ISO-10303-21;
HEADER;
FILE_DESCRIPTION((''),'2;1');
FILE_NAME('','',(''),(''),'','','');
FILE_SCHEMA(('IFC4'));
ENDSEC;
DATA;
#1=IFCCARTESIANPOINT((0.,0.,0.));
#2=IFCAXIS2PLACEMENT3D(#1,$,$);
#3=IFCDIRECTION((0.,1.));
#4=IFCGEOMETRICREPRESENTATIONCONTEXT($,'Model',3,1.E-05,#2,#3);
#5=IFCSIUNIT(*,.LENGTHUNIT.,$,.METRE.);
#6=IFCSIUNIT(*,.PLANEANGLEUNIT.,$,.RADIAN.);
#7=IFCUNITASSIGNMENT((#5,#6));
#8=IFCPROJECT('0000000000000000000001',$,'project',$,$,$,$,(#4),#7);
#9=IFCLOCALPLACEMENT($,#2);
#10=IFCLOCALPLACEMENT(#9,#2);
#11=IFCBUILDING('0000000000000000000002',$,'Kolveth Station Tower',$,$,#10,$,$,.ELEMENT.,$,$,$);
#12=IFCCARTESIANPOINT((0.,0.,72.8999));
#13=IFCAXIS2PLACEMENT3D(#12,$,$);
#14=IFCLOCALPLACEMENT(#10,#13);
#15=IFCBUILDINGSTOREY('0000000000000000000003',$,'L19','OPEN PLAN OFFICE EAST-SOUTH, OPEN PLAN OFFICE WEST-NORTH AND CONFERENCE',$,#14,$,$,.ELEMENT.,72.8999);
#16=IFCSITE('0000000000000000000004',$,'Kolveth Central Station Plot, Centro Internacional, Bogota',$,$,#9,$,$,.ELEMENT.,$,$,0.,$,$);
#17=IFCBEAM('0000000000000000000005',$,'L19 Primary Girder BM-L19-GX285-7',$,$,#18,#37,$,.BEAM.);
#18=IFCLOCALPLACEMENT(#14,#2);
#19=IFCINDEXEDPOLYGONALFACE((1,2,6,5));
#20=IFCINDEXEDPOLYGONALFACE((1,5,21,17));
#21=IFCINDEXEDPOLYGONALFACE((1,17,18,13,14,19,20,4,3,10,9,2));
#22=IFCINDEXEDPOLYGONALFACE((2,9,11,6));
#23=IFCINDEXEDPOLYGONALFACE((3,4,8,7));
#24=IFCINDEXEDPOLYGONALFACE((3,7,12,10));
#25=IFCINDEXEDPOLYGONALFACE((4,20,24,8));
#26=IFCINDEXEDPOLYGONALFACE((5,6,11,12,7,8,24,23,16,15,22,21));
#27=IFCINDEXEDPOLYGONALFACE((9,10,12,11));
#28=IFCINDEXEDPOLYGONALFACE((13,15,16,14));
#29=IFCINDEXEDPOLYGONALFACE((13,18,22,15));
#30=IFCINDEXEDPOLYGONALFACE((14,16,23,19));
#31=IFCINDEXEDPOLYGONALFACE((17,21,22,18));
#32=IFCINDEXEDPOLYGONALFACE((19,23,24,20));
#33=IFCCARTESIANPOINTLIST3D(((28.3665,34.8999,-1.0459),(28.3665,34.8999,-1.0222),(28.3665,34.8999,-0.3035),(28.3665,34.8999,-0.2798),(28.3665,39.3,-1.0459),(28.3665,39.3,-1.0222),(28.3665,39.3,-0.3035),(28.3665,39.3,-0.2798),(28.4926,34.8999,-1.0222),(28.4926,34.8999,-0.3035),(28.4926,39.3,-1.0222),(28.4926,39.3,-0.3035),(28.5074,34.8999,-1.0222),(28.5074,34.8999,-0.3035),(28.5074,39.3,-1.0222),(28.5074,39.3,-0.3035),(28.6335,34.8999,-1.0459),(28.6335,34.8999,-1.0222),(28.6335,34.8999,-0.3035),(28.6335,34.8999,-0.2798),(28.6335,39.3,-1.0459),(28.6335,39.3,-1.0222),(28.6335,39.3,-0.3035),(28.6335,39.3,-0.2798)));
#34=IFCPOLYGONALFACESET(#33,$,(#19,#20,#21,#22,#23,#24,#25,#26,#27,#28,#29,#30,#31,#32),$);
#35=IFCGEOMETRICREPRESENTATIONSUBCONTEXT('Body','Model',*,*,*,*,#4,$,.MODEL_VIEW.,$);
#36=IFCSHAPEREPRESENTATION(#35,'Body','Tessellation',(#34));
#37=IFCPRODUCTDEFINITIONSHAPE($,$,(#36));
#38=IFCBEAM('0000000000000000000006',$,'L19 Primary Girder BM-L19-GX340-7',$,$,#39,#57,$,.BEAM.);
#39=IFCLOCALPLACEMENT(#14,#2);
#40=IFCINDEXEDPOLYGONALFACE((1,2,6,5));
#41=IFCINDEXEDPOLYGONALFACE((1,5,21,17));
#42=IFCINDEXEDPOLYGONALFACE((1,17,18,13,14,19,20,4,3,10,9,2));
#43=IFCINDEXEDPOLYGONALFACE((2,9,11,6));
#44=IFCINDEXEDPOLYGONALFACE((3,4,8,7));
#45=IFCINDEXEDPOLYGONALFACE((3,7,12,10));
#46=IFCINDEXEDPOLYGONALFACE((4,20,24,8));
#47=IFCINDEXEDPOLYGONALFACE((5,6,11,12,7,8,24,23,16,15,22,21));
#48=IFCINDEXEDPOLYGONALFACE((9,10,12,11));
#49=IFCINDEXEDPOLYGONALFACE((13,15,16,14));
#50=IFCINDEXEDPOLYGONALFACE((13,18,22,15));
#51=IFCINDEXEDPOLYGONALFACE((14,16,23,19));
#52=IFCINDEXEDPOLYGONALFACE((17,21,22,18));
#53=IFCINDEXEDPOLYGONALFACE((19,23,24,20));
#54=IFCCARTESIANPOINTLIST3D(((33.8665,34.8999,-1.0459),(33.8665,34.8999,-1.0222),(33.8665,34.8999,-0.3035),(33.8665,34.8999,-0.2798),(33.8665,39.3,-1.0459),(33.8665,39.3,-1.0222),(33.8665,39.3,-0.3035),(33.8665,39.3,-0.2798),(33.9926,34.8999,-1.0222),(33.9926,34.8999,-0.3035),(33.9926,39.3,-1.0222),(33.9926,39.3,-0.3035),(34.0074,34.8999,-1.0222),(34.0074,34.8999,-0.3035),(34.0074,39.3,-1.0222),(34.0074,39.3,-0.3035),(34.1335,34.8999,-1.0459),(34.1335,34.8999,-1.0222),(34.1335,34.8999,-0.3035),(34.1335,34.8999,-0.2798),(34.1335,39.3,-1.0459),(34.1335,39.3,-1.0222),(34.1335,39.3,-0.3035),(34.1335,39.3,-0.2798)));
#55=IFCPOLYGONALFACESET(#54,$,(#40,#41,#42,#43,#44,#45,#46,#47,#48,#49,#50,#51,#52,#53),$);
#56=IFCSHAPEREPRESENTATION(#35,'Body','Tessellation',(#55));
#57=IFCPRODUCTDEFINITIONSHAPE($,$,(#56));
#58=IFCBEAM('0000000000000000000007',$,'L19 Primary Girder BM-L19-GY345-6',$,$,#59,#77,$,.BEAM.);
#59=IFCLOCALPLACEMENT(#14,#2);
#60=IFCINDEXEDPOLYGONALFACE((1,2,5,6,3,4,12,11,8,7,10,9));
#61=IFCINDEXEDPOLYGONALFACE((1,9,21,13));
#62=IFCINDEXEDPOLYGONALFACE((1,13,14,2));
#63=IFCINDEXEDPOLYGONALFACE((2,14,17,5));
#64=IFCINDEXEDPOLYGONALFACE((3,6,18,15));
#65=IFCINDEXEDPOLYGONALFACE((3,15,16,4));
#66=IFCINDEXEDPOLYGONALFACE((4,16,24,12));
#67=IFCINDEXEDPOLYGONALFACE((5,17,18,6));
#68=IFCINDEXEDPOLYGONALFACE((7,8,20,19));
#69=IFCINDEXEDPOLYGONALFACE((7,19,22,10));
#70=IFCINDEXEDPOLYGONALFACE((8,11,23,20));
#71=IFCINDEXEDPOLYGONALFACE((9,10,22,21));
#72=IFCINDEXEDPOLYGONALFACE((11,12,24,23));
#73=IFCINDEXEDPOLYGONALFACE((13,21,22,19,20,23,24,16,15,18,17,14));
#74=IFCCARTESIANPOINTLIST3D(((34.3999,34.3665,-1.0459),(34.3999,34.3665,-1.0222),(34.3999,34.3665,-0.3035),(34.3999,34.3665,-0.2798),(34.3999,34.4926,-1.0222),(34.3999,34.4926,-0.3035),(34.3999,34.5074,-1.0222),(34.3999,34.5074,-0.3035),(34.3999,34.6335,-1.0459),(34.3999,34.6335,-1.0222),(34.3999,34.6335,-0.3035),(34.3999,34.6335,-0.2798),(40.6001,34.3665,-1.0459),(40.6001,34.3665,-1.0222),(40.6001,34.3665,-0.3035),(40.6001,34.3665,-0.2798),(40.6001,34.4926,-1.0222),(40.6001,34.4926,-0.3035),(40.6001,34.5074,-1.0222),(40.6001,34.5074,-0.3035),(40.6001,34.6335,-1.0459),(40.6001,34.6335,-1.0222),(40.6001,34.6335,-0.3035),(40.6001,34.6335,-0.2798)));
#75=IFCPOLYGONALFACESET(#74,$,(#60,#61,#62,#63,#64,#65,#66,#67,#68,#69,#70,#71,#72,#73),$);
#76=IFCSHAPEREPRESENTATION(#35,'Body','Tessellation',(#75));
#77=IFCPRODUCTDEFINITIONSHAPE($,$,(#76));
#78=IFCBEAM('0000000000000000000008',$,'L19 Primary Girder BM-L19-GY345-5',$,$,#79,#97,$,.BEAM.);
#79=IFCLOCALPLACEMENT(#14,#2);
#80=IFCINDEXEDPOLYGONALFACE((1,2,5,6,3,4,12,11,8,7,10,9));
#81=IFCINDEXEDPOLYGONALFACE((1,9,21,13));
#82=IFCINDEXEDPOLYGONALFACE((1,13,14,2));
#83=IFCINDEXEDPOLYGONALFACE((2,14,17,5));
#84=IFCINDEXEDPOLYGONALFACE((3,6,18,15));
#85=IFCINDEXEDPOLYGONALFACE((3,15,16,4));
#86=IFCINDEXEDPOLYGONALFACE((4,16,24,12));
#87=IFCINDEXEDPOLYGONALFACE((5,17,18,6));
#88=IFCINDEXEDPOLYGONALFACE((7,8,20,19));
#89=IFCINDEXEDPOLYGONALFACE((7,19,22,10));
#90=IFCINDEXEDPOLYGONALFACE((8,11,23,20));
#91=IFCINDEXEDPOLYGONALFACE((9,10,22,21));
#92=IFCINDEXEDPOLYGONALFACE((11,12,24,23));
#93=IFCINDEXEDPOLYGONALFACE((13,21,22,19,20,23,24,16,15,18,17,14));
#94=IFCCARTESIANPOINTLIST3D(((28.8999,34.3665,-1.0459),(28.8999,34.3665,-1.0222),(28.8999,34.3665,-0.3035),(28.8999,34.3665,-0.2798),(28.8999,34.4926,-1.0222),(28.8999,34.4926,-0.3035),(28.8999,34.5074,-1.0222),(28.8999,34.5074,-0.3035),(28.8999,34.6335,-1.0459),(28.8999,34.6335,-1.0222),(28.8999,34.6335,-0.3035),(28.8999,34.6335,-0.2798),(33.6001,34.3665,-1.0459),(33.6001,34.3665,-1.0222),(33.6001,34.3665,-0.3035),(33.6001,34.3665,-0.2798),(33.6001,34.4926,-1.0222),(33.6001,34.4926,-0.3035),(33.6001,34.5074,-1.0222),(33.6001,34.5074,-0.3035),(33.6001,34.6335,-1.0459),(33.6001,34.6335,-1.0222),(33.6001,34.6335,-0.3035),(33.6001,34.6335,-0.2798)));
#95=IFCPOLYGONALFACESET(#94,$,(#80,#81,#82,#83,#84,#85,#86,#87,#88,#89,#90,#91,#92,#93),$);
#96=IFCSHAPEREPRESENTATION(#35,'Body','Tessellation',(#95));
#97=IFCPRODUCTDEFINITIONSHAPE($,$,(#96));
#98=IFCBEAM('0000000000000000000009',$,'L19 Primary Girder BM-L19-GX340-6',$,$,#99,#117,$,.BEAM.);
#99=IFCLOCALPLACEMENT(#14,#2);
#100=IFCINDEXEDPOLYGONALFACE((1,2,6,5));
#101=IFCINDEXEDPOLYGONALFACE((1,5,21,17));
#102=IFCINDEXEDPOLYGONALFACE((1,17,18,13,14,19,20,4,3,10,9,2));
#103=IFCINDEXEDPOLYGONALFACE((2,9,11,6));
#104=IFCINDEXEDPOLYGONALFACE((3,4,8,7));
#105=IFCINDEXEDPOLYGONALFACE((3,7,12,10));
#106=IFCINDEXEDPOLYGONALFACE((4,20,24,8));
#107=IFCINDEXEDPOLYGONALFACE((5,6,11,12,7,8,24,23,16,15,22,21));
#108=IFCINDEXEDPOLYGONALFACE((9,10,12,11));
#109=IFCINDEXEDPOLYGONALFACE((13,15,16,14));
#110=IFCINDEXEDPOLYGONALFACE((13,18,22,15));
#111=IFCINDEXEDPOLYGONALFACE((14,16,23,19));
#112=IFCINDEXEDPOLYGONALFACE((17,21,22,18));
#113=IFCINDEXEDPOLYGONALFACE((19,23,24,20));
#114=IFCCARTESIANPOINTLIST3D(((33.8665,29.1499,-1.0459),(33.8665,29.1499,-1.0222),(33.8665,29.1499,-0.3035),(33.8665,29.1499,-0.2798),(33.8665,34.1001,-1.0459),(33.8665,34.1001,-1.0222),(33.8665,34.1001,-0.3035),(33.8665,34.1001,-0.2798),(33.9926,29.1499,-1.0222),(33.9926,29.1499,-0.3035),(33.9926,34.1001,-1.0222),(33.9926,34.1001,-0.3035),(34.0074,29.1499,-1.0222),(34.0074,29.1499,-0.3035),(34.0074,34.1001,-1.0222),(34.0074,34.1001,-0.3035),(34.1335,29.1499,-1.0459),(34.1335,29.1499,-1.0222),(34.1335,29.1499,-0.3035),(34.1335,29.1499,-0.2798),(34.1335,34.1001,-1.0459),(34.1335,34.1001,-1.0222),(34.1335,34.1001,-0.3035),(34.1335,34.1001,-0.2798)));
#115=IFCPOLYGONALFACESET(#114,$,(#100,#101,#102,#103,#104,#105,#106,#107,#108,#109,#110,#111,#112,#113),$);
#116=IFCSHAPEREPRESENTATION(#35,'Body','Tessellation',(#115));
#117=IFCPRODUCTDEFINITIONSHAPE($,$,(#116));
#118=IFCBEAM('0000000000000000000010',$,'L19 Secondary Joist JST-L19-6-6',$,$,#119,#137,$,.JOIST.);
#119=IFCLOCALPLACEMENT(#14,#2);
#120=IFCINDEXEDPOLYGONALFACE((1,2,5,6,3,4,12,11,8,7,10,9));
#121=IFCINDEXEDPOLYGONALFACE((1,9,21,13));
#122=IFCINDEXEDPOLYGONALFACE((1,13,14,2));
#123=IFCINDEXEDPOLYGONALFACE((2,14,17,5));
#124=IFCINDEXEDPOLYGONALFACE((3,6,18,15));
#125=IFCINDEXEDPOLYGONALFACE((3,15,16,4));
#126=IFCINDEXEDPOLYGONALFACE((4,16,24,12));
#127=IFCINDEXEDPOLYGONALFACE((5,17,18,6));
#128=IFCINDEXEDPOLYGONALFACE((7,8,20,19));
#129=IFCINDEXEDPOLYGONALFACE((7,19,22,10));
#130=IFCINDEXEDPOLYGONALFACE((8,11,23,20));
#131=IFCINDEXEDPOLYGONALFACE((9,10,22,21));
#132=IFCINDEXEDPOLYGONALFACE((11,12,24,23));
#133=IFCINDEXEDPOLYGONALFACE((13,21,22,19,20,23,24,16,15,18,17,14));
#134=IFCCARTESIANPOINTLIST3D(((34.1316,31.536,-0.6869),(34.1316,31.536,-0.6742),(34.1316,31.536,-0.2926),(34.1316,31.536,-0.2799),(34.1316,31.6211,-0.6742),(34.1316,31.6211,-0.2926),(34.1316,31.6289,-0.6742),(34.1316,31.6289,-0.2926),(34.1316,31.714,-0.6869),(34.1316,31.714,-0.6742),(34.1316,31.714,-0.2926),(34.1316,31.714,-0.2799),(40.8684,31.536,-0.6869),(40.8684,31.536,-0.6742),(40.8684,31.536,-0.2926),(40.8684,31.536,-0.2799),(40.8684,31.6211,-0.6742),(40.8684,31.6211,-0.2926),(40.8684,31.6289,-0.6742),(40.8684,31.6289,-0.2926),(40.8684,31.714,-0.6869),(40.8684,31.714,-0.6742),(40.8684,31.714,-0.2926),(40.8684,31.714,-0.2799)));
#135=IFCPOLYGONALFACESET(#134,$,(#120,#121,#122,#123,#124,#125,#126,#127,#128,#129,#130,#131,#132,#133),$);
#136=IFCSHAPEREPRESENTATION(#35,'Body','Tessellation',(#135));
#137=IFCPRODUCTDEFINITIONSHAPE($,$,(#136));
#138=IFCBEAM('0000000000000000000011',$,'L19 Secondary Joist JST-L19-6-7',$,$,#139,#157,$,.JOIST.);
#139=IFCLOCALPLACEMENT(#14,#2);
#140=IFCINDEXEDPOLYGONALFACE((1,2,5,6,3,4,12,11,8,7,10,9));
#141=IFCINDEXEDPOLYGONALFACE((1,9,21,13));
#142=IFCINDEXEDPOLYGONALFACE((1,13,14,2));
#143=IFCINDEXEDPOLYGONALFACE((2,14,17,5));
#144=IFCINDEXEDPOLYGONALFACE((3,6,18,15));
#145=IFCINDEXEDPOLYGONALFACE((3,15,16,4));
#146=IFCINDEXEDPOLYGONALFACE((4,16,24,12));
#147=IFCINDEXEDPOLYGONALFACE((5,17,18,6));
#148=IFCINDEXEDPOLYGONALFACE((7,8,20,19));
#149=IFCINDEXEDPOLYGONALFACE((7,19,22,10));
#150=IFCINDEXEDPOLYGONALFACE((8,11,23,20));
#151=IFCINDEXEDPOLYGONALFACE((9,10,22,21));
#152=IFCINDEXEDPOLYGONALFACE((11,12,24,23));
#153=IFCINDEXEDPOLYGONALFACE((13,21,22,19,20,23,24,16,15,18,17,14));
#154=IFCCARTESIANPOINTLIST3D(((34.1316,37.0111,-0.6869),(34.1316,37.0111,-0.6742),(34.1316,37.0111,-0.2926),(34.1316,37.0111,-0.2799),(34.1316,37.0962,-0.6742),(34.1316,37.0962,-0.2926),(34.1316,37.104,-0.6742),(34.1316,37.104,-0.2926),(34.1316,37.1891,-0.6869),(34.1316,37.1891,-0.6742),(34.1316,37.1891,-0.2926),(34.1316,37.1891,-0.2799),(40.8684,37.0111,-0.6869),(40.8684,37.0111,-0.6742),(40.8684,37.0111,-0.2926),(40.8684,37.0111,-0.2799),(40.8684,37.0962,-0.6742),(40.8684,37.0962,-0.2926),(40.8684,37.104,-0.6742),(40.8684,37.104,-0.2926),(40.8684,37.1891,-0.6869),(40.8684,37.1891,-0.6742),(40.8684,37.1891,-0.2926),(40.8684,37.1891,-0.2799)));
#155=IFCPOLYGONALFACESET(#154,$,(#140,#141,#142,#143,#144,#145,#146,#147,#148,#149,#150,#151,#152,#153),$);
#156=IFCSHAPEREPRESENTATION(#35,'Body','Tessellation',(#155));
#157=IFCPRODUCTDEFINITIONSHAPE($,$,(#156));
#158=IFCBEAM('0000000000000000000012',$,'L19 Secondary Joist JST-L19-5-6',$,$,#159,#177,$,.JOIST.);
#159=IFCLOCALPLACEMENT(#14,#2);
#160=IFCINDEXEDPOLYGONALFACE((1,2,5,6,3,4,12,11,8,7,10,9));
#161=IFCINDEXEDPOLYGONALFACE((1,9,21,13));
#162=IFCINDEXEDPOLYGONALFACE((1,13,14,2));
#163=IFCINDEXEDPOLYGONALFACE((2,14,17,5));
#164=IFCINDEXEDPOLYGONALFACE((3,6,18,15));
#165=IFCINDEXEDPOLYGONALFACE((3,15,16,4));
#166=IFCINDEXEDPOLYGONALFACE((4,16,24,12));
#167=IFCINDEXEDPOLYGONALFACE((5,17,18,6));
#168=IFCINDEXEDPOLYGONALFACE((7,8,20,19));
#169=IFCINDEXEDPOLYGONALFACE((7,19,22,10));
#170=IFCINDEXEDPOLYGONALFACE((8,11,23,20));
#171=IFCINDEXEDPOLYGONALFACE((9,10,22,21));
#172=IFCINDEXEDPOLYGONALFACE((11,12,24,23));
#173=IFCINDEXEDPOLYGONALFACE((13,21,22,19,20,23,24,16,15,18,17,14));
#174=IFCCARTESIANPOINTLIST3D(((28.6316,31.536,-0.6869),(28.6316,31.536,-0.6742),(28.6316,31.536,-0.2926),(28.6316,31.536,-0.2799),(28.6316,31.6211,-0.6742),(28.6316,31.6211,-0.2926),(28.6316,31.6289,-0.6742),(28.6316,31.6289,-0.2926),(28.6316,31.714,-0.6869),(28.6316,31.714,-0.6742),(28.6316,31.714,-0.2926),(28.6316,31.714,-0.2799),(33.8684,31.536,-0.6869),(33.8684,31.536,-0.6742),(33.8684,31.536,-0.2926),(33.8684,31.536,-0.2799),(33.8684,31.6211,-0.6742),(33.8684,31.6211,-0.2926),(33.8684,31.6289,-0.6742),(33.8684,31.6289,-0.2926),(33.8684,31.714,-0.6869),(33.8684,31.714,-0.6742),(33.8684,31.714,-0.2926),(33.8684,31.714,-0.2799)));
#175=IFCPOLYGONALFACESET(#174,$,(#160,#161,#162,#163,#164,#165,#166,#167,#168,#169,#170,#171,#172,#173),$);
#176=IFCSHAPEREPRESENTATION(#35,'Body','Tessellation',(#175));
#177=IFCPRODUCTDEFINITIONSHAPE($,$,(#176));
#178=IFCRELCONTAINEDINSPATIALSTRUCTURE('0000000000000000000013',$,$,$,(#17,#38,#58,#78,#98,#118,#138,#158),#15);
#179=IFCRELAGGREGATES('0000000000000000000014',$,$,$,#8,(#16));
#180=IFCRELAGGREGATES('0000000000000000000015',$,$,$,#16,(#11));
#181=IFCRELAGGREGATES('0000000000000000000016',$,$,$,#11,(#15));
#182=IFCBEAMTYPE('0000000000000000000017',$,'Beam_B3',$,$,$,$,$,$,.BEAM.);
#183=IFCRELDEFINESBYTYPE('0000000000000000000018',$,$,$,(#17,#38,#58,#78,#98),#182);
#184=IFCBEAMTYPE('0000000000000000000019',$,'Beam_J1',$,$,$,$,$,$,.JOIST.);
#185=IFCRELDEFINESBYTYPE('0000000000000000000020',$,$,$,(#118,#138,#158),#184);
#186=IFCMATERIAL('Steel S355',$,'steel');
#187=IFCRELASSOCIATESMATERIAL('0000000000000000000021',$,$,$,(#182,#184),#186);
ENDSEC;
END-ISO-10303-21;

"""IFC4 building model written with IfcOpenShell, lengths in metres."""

from ifc_helpers import new_model, si_unit, direction, frame, origin, origin_2d, place, context, subcontext, project, spatial, i_section, extrude, source, transform, mapped, material, material_profile, profile_set, type_object, element, save


model = new_model("IFC4")

# Units and contexts
model_context = context("Model", 3, precision=1e-05, world=origin(), true_north=direction((0.0, 1.0)))
body_context = subcontext(model_context, "Body", "Model", "MODEL_VIEW")
ifc_project = project(units=[si_unit("LENGTHUNIT", "METRE"), si_unit("PLANEANGLEUNIT", "RADIAN")], contexts=[model_context])

# Site, building, storey
site_placement = place(None, origin())
site = spatial("IfcSite", under=ifc_project, at=site_placement, Name="Kolveth Central Station Plot, Centro Internacional, Bogota", CompositionType="ELEMENT", RefElevation=0.0)
building_placement = place(site_placement, origin())
building = spatial("IfcBuilding", under=site, at=building_placement, Name="Kolveth Station Tower", CompositionType="ELEMENT")
storey_placement = place(building_placement, frame((0.0, 0.0, 72.8999)))
storey = spatial("IfcBuildingStorey", under=building, at=storey_placement, Name="L19", Description="OPEN PLAN OFFICE EAST-SOUTH, OPEN PLAN OFFICE WEST-NORTH AND CONFERENCE", CompositionType="ELEMENT", Elevation=72.8999)

# Shared definitions
ifc_material_1 = material(Name="Steel S355", Category="steel")

# Beams
ifc_material_profile_1 = material_profile(ifc_material_1, i_section(OverallWidth=0.2671, OverallDepth=0.7661, WebThickness=0.0149, FlangeThickness=0.0237, at=origin_2d()), Name="W760x185")
ifc_profile_set_1 = profile_set([ifc_material_profile_1], Name="Steel S355")
beam_type_1 = type_object("IfcBeamType", Name="Beam_B3", PredefinedType="BEAM", material=ifc_profile_set_1)
shared_shape_1 = source(origin(), body_context, "Body", "SweptSolid", [
    extrude(i_section(OverallWidth=0.2671, OverallDepth=0.7661, WebThickness=0.0149, FlangeThickness=0.0237, at=origin_2d()), origin(), (0.0, 0.0, 1.0), 4.4001),
])
for number, where, z_axis, x_axis, name in (
    (1, (28.5, 34.8999, -0.6628), (0.0, 1.0, 0.0), (-1.0, 0.0, 0.0), "L19 Primary Girder BM-L19-GX285-7"),
    (2, (34.0, 34.8999, -0.6628), (0.0, 1.0, 0.0), (-1.0, 0.0, 0.0), "L19 Primary Girder BM-L19-GX340-7"),
):
    element("IfcBeam", number, at=place(storey_placement, frame(where, z_axis=z_axis, x_axis=x_axis)), inside=storey, type_object=beam_type_1, Name=name, PredefinedType="BEAM", context=body_context, shape_type="MappedRepresentation", body=[
        mapped(shared_shape_1, transform((0.0, 0.0, 0.0), x_axis=(1.0, 0.0, 0.0), y_axis=(0.0, 1.0, 0.0), z_axis=(0.0, 0.0, 1.0), scale=1.0)),
    ])
shared_shape_2 = source(origin(), body_context, "Body", "SweptSolid", [
    extrude(i_section(OverallWidth=0.2671, OverallDepth=0.7661, WebThickness=0.0149, FlangeThickness=0.0237, at=origin_2d()), origin(), (0.0, 0.0, 1.0), 6.2002),
])
beam_1_placement = place(storey_placement, frame((34.3999, 34.5, -0.6628), z_axis=(1.0, 0.0, 0.0), x_axis=(0.0, 1.0, 0.0)))
element("IfcBeam", 3, at=beam_1_placement, inside=storey, type_object=beam_type_1, Name="L19 Primary Girder BM-L19-GY345-6", PredefinedType="BEAM", context=body_context, shape_type="MappedRepresentation", body=[
    mapped(shared_shape_2, transform((0.0, 0.0, 0.0), x_axis=(1.0, 0.0, 0.0), y_axis=(0.0, 1.0, 0.0), z_axis=(0.0, 0.0, 1.0), scale=1.0)),
])
shared_shape_3 = source(origin(), body_context, "Body", "SweptSolid", [
    extrude(i_section(OverallWidth=0.2671, OverallDepth=0.7661, WebThickness=0.0149, FlangeThickness=0.0237, at=origin_2d()), origin(), (0.0, 0.0, 1.0), 4.7002),
])
beam_2_placement = place(storey_placement, frame((28.8999, 34.5, -0.6628), z_axis=(1.0, 0.0, 0.0), x_axis=(0.0, 1.0, 0.0)))
element("IfcBeam", 4, at=beam_2_placement, inside=storey, type_object=beam_type_1, Name="L19 Primary Girder BM-L19-GY345-5", PredefinedType="BEAM", context=body_context, shape_type="MappedRepresentation", body=[
    mapped(shared_shape_3, transform((0.0, 0.0, 0.0), x_axis=(1.0, 0.0, 0.0), y_axis=(0.0, 1.0, 0.0), z_axis=(0.0, 0.0, 1.0), scale=1.0)),
])
shared_shape_4 = source(origin(), body_context, "Body", "SweptSolid", [
    extrude(i_section(OverallWidth=0.2671, OverallDepth=0.7661, WebThickness=0.0149, FlangeThickness=0.0237, at=origin_2d()), origin(), (0.0, 0.0, 1.0), 4.9502),
])
beam_3_placement = place(storey_placement, frame((34.0, 29.1499, -0.6628), z_axis=(0.0, 1.0, 0.0), x_axis=(-1.0, 0.0, 0.0)))
element("IfcBeam", 5, at=beam_3_placement, inside=storey, type_object=beam_type_1, Name="L19 Primary Girder BM-L19-GX340-6", PredefinedType="BEAM", context=body_context, shape_type="MappedRepresentation", body=[
    mapped(shared_shape_4, transform((0.0, 0.0, 0.0), x_axis=(1.0, 0.0, 0.0), y_axis=(0.0, 1.0, 0.0), z_axis=(0.0, 0.0, 1.0), scale=1.0)),
])
ifc_material_profile_2 = material_profile(ifc_material_1, i_section(OverallWidth=0.178, OverallDepth=0.407, WebThickness=0.0078, FlangeThickness=0.0127, at=origin_2d()), Name="W410x60")
ifc_profile_set_2 = profile_set([ifc_material_profile_2], Name="Steel S355")
beam_type_2 = type_object("IfcBeamType", Name="Beam_J1", PredefinedType="JOIST", material=ifc_profile_set_2)
shared_shape_5 = source(origin(), body_context, "Body", "SweptSolid", [
    extrude(i_section(OverallWidth=0.178, OverallDepth=0.407, WebThickness=0.0078, FlangeThickness=0.0127, at=origin_2d()), origin(), (0.0, 0.0, 1.0), 6.7368),
])
for number, where, z_axis, x_axis, name in (
    (6, (34.1316, 31.625, -0.4834), (1.0, 0.0, 0.0), (0.0, 1.0, 0.0), "L19 Secondary Joist JST-L19-6-6"),
    (7, (34.1316, 37.1001, -0.4834), (1.0, 0.0, 0.0), (0.0, 1.0, 0.0), "L19 Secondary Joist JST-L19-6-7"),
):
    element("IfcBeam", number, at=place(storey_placement, frame(where, z_axis=z_axis, x_axis=x_axis)), inside=storey, type_object=beam_type_2, Name=name, PredefinedType="JOIST", context=body_context, shape_type="MappedRepresentation", body=[
        mapped(shared_shape_5, transform((0.0, 0.0, 0.0), x_axis=(1.0, 0.0, 0.0), y_axis=(0.0, 1.0, 0.0), z_axis=(0.0, 0.0, 1.0), scale=1.0)),
    ])
shared_shape_6 = source(origin(), body_context, "Body", "SweptSolid", [
    extrude(i_section(OverallWidth=0.178, OverallDepth=0.407, WebThickness=0.0078, FlangeThickness=0.0127, at=origin_2d()), origin(), (0.0, 0.0, 1.0), 5.2368),
])
for number, where, z_axis, x_axis, name in (
    (8, (28.6316, 31.625, -0.4834), (1.0, 0.0, 0.0), (0.0, 1.0, 0.0), "L19 Secondary Joist JST-L19-5-6"),
):
    element("IfcBeam", number, at=place(storey_placement, frame(where, z_axis=z_axis, x_axis=x_axis)), inside=storey, type_object=beam_type_2, Name=name, PredefinedType="JOIST", context=body_context, shape_type="MappedRepresentation", body=[
        mapped(shared_shape_6, transform((0.0, 0.0, 0.0), x_axis=(1.0, 0.0, 0.0), y_axis=(0.0, 1.0, 0.0), z_axis=(0.0, 0.0, 1.0), scale=1.0)),
    ])

save(model, "model.ifc")
